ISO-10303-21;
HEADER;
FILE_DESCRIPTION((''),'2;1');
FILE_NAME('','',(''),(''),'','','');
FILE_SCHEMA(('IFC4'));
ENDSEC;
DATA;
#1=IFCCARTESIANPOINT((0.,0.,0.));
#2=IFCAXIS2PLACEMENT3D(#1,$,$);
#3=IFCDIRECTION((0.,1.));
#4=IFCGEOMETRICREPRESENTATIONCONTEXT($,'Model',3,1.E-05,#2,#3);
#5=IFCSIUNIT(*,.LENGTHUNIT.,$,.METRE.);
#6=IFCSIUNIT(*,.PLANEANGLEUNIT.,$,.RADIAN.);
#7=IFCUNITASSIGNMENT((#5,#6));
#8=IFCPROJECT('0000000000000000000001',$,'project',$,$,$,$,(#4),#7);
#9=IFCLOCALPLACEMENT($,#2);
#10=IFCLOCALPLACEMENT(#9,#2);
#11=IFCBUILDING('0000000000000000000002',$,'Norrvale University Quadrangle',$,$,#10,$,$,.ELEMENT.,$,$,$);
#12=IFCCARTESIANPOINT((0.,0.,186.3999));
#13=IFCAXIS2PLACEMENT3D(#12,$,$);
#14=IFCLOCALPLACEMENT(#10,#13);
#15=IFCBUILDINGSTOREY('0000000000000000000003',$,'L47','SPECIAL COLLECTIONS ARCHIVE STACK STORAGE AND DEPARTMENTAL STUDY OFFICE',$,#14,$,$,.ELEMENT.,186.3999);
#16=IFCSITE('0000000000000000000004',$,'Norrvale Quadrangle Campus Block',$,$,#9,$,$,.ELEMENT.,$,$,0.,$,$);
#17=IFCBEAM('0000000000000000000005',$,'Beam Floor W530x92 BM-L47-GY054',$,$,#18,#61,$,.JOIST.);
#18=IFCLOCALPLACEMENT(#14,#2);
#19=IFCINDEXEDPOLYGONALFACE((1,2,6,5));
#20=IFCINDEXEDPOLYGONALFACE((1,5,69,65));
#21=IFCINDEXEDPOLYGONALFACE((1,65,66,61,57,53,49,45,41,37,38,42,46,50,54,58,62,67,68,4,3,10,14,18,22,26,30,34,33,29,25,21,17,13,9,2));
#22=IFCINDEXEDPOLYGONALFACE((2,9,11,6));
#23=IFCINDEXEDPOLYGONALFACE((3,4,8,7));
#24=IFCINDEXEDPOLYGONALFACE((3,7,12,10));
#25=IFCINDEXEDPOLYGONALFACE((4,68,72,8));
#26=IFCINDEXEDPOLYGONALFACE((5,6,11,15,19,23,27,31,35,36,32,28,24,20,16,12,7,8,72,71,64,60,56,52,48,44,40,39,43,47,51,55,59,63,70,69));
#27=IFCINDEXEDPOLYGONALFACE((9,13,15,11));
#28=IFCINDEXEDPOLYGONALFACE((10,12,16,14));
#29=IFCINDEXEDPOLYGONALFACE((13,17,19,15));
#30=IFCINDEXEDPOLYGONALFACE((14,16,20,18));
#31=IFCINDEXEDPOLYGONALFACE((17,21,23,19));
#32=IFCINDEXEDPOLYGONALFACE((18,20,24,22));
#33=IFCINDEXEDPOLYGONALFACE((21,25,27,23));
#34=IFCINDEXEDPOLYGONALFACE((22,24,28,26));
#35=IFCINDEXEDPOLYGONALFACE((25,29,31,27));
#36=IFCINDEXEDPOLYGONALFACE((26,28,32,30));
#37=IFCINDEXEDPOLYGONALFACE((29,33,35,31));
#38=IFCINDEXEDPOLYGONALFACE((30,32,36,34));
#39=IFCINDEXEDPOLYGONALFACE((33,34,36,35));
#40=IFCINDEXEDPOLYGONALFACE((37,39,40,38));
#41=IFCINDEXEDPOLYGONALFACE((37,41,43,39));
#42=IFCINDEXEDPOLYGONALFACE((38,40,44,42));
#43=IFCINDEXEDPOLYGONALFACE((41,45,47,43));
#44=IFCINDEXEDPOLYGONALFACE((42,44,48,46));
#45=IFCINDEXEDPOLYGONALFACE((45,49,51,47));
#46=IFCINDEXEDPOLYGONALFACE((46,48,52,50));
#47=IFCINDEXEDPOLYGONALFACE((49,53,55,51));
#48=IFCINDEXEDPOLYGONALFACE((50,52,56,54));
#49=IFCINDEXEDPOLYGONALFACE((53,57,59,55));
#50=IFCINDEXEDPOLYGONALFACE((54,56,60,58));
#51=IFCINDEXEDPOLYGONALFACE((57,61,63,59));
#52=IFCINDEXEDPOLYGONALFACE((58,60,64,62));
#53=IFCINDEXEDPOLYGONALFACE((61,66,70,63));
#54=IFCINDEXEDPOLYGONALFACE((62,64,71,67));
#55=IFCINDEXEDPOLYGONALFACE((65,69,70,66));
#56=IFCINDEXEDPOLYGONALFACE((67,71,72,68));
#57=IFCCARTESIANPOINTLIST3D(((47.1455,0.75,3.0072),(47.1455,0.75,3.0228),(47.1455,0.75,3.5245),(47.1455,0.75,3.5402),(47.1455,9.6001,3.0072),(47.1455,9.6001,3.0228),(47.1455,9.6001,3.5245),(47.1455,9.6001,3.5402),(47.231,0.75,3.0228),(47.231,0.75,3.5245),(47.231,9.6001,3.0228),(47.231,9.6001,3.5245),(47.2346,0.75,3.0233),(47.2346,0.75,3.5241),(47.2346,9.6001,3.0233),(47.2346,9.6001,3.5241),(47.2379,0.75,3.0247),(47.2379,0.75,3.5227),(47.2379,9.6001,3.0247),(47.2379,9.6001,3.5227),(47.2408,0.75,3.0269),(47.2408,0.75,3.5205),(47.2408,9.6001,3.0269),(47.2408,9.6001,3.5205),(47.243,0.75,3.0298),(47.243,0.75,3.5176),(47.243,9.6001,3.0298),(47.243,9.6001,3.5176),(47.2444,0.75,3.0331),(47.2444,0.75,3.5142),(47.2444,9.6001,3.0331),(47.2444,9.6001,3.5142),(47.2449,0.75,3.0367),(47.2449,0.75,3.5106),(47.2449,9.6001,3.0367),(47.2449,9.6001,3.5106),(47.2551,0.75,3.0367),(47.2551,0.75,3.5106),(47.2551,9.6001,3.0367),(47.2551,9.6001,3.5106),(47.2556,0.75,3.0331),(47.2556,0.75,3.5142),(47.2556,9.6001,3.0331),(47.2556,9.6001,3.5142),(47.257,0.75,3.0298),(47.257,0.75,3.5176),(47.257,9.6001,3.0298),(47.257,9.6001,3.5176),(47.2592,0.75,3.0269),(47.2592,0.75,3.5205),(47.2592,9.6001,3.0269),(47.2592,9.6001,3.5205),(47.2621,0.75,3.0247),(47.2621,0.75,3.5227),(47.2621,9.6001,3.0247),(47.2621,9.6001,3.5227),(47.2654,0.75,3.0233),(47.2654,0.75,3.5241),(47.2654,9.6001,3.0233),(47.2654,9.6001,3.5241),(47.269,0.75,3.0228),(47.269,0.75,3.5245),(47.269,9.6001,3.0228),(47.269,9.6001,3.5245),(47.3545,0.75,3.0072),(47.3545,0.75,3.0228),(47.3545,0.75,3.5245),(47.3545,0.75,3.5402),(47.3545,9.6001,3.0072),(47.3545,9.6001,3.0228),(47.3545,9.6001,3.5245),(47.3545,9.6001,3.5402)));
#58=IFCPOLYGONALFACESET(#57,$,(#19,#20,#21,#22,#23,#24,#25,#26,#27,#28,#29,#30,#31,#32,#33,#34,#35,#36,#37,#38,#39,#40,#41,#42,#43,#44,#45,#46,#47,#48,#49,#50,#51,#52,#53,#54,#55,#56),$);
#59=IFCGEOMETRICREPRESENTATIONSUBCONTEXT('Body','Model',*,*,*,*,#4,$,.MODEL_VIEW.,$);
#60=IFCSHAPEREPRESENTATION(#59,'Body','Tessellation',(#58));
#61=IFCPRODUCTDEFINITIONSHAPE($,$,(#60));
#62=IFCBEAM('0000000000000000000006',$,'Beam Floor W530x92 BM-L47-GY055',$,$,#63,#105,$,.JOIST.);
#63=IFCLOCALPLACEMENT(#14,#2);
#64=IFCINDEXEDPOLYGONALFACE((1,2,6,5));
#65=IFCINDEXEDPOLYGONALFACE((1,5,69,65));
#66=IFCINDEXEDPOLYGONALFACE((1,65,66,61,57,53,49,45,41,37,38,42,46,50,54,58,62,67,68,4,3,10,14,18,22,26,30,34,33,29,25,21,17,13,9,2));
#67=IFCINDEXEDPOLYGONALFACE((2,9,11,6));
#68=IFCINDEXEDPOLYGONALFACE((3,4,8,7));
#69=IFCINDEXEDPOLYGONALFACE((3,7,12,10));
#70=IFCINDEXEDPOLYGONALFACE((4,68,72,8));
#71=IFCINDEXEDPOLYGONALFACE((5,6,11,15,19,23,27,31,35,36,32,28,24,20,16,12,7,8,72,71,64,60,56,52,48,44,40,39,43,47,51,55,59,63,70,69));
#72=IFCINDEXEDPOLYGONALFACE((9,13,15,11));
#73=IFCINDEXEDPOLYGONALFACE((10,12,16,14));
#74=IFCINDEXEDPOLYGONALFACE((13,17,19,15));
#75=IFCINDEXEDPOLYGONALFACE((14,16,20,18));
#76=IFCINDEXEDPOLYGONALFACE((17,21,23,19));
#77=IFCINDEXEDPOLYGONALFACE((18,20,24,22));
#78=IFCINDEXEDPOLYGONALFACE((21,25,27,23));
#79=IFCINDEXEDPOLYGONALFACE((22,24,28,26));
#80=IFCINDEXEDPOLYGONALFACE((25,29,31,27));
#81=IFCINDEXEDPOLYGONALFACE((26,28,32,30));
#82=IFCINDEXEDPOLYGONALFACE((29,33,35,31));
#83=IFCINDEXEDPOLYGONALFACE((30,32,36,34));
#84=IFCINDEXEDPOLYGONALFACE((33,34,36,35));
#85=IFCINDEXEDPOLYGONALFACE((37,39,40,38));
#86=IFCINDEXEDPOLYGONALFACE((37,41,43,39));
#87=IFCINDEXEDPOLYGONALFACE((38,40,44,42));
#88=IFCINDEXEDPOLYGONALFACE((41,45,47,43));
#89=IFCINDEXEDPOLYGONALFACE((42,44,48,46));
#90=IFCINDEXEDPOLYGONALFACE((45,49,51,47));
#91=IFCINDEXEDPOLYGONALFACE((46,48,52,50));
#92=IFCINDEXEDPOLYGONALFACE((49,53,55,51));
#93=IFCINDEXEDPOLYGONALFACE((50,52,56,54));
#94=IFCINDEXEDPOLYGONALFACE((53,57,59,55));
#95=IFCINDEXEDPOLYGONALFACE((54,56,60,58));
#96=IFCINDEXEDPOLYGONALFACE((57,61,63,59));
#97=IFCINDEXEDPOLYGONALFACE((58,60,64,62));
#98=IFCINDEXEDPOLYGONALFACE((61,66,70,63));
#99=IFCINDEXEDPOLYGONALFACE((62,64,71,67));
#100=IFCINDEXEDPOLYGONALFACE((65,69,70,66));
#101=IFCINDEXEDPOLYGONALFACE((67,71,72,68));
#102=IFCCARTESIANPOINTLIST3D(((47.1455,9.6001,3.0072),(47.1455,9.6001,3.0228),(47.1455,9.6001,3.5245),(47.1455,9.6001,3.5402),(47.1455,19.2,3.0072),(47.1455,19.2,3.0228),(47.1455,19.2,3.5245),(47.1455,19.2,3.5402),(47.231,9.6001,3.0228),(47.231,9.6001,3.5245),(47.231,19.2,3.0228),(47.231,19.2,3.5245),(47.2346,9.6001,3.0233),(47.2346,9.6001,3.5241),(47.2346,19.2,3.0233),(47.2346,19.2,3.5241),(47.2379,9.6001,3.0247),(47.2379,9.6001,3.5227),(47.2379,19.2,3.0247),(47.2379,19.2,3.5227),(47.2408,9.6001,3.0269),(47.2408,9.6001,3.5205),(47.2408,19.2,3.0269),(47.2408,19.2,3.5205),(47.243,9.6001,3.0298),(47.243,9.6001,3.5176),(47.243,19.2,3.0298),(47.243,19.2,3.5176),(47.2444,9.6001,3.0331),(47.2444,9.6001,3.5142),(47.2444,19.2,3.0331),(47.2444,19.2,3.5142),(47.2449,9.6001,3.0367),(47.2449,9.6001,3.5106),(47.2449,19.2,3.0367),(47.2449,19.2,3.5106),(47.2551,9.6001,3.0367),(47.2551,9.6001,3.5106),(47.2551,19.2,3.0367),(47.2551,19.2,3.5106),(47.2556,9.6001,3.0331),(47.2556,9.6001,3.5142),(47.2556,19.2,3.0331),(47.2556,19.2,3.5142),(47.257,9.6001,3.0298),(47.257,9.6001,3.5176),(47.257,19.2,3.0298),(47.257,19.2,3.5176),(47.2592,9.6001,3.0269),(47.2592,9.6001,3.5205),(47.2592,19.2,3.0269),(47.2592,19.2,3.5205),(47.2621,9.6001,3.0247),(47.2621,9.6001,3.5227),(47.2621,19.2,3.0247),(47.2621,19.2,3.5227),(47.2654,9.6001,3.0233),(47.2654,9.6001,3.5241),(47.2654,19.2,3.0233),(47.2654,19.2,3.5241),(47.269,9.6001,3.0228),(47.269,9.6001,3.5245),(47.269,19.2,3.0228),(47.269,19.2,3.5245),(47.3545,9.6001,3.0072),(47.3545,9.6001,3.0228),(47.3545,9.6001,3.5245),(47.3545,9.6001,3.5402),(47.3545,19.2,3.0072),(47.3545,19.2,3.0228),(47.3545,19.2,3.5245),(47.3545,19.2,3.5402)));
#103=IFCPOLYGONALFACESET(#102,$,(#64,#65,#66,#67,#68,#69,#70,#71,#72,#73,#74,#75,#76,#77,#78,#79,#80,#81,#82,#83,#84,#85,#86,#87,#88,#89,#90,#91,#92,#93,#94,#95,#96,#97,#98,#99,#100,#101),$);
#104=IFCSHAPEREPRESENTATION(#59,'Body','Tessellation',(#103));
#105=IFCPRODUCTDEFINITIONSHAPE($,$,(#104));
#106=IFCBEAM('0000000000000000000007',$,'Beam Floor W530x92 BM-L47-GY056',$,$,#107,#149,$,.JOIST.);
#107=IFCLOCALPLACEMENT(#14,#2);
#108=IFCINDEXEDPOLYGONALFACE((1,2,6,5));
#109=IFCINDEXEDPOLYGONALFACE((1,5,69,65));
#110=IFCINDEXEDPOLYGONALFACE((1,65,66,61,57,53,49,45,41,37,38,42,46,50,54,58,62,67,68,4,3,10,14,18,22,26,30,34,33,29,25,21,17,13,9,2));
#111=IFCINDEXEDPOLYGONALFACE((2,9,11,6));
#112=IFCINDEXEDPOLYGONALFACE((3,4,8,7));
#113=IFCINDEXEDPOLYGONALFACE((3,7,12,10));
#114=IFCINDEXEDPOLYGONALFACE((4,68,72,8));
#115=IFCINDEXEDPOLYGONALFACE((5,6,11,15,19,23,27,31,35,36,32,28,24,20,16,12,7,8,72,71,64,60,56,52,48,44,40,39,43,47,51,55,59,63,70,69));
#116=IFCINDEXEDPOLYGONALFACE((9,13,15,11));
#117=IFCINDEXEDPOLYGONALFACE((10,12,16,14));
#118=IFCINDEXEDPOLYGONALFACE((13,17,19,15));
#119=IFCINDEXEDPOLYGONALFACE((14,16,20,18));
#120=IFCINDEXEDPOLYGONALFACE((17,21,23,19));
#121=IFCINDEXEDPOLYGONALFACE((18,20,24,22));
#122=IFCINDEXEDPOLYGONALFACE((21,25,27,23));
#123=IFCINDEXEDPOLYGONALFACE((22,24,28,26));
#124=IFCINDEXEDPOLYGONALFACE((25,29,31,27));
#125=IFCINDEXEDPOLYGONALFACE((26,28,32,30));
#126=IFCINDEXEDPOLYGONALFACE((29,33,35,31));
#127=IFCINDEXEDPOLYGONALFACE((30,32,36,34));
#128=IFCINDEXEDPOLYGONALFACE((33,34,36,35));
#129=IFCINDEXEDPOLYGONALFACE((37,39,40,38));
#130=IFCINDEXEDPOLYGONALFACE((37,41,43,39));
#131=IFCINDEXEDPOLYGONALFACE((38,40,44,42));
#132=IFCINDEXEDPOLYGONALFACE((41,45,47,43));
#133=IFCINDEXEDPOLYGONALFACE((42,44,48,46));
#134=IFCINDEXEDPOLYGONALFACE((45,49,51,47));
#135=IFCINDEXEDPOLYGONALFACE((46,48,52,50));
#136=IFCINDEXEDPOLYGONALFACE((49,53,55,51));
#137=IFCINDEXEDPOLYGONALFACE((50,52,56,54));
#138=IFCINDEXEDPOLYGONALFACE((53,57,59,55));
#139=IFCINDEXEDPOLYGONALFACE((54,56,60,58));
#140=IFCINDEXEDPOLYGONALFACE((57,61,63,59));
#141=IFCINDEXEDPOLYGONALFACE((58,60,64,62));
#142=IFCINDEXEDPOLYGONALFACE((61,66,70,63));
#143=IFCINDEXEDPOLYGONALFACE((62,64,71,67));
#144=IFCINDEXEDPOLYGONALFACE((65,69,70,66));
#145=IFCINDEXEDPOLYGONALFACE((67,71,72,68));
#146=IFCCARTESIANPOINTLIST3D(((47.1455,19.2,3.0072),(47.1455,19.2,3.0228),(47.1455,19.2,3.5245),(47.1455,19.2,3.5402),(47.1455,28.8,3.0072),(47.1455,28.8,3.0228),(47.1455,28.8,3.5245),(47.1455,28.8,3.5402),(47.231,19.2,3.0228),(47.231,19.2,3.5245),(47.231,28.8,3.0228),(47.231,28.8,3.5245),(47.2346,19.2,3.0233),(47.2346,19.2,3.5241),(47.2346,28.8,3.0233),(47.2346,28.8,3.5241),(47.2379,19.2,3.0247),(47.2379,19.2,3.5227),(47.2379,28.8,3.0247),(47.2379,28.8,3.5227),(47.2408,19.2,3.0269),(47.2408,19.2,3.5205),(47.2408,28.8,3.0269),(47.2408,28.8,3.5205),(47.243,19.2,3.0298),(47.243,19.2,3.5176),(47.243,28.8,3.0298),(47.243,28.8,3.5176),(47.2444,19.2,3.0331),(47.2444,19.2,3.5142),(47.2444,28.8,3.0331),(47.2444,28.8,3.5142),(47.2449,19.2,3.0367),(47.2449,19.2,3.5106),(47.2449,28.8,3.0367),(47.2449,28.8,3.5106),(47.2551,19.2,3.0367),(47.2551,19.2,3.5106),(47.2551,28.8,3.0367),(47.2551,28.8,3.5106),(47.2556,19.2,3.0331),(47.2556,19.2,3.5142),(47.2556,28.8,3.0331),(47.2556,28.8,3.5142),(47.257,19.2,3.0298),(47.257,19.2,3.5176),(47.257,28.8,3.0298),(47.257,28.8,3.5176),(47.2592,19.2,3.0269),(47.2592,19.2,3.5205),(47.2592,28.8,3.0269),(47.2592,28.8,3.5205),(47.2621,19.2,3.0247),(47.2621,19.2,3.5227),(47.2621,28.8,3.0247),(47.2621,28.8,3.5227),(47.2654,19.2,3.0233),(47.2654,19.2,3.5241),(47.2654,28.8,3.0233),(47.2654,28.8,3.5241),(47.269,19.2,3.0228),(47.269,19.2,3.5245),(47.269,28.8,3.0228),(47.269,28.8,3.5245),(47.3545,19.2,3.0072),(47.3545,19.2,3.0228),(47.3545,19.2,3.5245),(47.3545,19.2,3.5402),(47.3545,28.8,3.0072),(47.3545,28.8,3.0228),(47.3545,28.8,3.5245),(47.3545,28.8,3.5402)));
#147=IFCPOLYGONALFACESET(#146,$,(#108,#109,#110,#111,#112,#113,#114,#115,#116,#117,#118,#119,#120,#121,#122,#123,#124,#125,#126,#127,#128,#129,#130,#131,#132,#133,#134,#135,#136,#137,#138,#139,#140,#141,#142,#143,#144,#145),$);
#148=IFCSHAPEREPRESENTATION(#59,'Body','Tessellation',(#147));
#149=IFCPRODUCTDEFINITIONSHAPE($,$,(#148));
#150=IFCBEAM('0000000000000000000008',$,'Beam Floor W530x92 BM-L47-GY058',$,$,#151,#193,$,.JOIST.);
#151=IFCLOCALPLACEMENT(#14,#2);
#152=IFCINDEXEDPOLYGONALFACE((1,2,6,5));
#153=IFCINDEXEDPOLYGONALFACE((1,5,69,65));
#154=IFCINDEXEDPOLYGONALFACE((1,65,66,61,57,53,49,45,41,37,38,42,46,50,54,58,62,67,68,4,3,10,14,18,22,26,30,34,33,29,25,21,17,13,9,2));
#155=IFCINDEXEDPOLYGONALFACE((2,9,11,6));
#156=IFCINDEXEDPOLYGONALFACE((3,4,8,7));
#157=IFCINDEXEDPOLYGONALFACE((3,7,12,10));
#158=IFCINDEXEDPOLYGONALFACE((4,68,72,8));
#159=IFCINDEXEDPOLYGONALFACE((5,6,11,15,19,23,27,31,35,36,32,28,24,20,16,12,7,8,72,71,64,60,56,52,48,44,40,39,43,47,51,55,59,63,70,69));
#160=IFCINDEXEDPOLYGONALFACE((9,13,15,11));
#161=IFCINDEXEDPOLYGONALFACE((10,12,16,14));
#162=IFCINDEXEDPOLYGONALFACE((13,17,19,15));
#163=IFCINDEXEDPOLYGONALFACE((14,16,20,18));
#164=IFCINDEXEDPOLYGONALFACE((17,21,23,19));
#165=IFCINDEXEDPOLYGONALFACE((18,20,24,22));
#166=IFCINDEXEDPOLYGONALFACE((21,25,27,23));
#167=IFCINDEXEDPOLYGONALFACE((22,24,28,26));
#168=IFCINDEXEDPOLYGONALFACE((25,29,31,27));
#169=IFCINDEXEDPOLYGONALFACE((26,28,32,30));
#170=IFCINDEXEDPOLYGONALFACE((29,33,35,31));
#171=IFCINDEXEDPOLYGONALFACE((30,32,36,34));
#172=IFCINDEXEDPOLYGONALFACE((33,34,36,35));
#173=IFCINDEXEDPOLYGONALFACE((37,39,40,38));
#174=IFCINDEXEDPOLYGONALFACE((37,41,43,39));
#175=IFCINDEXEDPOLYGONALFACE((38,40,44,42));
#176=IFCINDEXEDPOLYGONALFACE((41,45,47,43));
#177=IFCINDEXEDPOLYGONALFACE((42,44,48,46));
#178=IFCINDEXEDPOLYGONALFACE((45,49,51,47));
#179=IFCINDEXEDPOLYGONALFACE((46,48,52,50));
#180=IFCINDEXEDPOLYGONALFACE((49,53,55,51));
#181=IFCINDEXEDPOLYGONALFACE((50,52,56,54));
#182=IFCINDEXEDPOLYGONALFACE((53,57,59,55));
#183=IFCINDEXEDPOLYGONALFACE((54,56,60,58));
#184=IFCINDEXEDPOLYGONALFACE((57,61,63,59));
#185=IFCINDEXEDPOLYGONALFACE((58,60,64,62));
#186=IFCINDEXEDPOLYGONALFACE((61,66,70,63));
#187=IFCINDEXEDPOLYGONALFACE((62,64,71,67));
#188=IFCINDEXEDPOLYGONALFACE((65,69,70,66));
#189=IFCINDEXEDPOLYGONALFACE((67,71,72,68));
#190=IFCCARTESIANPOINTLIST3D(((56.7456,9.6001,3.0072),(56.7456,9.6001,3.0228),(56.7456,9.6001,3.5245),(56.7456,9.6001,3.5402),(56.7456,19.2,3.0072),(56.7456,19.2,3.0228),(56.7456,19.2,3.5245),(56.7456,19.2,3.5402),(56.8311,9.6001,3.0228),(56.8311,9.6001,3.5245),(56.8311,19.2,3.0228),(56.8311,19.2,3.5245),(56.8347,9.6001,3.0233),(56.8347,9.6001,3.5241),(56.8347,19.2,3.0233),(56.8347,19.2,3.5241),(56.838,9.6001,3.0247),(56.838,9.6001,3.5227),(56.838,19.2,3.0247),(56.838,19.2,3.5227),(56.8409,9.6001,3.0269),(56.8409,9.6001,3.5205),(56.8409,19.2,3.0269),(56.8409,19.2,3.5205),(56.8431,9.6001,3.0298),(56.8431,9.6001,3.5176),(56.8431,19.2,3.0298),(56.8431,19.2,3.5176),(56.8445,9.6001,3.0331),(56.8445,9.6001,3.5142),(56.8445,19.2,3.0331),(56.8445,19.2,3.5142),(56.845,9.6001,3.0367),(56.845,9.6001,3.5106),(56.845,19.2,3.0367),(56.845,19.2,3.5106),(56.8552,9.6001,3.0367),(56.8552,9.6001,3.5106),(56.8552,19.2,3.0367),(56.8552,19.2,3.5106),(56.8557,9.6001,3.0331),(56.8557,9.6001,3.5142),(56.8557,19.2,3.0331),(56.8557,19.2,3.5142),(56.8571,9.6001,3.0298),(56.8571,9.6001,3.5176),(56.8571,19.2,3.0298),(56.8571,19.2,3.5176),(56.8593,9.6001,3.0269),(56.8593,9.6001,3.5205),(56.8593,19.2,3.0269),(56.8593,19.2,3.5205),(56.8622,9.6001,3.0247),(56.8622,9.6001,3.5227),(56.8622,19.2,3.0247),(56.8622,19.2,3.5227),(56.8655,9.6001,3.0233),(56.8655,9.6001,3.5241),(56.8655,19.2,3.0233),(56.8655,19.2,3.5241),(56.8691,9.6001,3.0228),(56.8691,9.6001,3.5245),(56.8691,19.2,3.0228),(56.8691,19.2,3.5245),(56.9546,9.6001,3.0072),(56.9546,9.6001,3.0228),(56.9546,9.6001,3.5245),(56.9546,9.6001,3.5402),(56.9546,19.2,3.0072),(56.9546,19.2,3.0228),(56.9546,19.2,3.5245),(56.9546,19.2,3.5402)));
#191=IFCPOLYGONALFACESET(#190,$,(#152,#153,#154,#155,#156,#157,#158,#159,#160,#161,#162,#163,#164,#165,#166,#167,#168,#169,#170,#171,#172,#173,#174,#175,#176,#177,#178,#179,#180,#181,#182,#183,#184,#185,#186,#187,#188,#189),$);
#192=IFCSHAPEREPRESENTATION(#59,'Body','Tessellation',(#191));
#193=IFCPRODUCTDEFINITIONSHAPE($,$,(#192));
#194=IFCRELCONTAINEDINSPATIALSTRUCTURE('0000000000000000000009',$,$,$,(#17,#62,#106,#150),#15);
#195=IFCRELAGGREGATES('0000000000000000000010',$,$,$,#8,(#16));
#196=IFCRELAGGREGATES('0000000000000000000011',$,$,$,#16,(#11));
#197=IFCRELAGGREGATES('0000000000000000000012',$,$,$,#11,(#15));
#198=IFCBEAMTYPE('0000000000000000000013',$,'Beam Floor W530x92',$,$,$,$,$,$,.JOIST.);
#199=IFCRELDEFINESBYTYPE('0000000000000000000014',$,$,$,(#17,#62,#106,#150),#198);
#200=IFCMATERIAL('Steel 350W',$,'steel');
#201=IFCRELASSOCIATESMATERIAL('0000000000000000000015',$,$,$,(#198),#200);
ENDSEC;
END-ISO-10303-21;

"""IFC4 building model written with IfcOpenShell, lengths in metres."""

from ifc_helpers import new_model, si_unit, direction, frame, origin, origin_2d, place, context, subcontext, project, spatial, i_section, extrude, material, material_profile, profile_set, type_object, element, save


model = new_model("IFC4")

# Units and contexts
model_context = context("Model", 3, precision=1e-05, world=origin(), true_north=direction((0.0, 1.0)))
body_context = subcontext(model_context, "Body", "Model", "MODEL_VIEW")
ifc_project = project(units=[si_unit("LENGTHUNIT", "METRE"), si_unit("PLANEANGLEUNIT", "RADIAN")], contexts=[model_context])

# Site, building, storey
site_placement = place(None, origin())
site = spatial("IfcSite", under=ifc_project, at=site_placement, Name="Norrvale Quadrangle Campus Block", CompositionType="ELEMENT", RefElevation=0.0)
building_placement = place(site_placement, origin())
building = spatial("IfcBuilding", under=site, at=building_placement, Name="Norrvale University Quadrangle", CompositionType="ELEMENT")
storey_placement = place(building_placement, frame((0.0, 0.0, 186.3999)))
storey = spatial("IfcBuildingStorey", under=building, at=storey_placement, Name="L47", Description="SPECIAL COLLECTIONS ARCHIVE STACK STORAGE AND DEPARTMENTAL STUDY OFFICE", CompositionType="ELEMENT", Elevation=186.3999)

# Beams
ifc_material_1 = material(Name="Steel 350W", Category="steel")
ifc_material_profile_1 = material_profile(ifc_material_1, i_section(OverallWidth=0.209, OverallDepth=0.533, WebThickness=0.0103, FlangeThickness=0.0156, FilletRadius=0.0139, at=origin_2d()), Name="Steel 350W")
ifc_profile_set_1 = profile_set([ifc_material_profile_1], Name="Steel 350W")
beam_type_1 = type_object("IfcBeamType", Name="Beam Floor W530x92", PredefinedType="JOIST", material=ifc_profile_set_1)
beam_1_placement = place(storey_placement, frame((47.25, 0.75, 3.2737), z_axis=(0.0, 1.0, 0.0), x_axis=(-1.0, 0.0, 0.0)))
element("IfcBeam", 1, at=beam_1_placement, inside=storey, type_object=beam_type_1, Name="Beam Floor W530x92 BM-L47-GY054", PredefinedType="JOIST", context=body_context, shape_type="SweptSolid", body=[
    extrude(i_section(OverallWidth=0.209, OverallDepth=0.533, WebThickness=0.0103, FlangeThickness=0.0156, FilletRadius=0.0139, at=origin_2d()), origin(), (0.0, 0.0, 1.0), 8.8501),
])
beam_2_placement = place(storey_placement, frame((47.25, 9.6001, 3.2737), z_axis=(0.0, 1.0, 0.0), x_axis=(-1.0, 0.0, 0.0)))
element("IfcBeam", 2, at=beam_2_placement, inside=storey, type_object=beam_type_1, Name="Beam Floor W530x92 BM-L47-GY055", PredefinedType="JOIST", context=body_context, shape_type="SweptSolid", body=[
    extrude(i_section(OverallWidth=0.209, OverallDepth=0.533, WebThickness=0.0103, FlangeThickness=0.0156, FilletRadius=0.0139, at=origin_2d()), origin(), (0.0, 0.0, 1.0), 9.5999),
])
beam_3_placement = place(storey_placement, frame((47.25, 19.2, 3.2737), z_axis=(0.0, 1.0, 0.0), x_axis=(-1.0, 0.0, 0.0)))
element("IfcBeam", 3, at=beam_3_placement, inside=storey, type_object=beam_type_1, Name="Beam Floor W530x92 BM-L47-GY056", PredefinedType="JOIST", context=body_context, shape_type="SweptSolid", body=[
    extrude(i_section(OverallWidth=0.209, OverallDepth=0.533, WebThickness=0.0103, FlangeThickness=0.0156, FilletRadius=0.0139, at=origin_2d()), origin(), (0.0, 0.0, 1.0), 9.6001),
])
beam_4_placement = place(storey_placement, frame((56.8501, 9.6001, 3.2737), z_axis=(0.0, 1.0, 0.0), x_axis=(-1.0, 0.0, 0.0)))
element("IfcBeam", 4, at=beam_4_placement, inside=storey, type_object=beam_type_1, Name="Beam Floor W530x92 BM-L47-GY058", PredefinedType="JOIST", context=body_context, shape_type="SweptSolid", body=[
    extrude(i_section(OverallWidth=0.209, OverallDepth=0.533, WebThickness=0.0103, FlangeThickness=0.0156, FilletRadius=0.0139, at=origin_2d()), origin(), (0.0, 0.0, 1.0), 9.5999),
])

save(model, "model.ifc")
